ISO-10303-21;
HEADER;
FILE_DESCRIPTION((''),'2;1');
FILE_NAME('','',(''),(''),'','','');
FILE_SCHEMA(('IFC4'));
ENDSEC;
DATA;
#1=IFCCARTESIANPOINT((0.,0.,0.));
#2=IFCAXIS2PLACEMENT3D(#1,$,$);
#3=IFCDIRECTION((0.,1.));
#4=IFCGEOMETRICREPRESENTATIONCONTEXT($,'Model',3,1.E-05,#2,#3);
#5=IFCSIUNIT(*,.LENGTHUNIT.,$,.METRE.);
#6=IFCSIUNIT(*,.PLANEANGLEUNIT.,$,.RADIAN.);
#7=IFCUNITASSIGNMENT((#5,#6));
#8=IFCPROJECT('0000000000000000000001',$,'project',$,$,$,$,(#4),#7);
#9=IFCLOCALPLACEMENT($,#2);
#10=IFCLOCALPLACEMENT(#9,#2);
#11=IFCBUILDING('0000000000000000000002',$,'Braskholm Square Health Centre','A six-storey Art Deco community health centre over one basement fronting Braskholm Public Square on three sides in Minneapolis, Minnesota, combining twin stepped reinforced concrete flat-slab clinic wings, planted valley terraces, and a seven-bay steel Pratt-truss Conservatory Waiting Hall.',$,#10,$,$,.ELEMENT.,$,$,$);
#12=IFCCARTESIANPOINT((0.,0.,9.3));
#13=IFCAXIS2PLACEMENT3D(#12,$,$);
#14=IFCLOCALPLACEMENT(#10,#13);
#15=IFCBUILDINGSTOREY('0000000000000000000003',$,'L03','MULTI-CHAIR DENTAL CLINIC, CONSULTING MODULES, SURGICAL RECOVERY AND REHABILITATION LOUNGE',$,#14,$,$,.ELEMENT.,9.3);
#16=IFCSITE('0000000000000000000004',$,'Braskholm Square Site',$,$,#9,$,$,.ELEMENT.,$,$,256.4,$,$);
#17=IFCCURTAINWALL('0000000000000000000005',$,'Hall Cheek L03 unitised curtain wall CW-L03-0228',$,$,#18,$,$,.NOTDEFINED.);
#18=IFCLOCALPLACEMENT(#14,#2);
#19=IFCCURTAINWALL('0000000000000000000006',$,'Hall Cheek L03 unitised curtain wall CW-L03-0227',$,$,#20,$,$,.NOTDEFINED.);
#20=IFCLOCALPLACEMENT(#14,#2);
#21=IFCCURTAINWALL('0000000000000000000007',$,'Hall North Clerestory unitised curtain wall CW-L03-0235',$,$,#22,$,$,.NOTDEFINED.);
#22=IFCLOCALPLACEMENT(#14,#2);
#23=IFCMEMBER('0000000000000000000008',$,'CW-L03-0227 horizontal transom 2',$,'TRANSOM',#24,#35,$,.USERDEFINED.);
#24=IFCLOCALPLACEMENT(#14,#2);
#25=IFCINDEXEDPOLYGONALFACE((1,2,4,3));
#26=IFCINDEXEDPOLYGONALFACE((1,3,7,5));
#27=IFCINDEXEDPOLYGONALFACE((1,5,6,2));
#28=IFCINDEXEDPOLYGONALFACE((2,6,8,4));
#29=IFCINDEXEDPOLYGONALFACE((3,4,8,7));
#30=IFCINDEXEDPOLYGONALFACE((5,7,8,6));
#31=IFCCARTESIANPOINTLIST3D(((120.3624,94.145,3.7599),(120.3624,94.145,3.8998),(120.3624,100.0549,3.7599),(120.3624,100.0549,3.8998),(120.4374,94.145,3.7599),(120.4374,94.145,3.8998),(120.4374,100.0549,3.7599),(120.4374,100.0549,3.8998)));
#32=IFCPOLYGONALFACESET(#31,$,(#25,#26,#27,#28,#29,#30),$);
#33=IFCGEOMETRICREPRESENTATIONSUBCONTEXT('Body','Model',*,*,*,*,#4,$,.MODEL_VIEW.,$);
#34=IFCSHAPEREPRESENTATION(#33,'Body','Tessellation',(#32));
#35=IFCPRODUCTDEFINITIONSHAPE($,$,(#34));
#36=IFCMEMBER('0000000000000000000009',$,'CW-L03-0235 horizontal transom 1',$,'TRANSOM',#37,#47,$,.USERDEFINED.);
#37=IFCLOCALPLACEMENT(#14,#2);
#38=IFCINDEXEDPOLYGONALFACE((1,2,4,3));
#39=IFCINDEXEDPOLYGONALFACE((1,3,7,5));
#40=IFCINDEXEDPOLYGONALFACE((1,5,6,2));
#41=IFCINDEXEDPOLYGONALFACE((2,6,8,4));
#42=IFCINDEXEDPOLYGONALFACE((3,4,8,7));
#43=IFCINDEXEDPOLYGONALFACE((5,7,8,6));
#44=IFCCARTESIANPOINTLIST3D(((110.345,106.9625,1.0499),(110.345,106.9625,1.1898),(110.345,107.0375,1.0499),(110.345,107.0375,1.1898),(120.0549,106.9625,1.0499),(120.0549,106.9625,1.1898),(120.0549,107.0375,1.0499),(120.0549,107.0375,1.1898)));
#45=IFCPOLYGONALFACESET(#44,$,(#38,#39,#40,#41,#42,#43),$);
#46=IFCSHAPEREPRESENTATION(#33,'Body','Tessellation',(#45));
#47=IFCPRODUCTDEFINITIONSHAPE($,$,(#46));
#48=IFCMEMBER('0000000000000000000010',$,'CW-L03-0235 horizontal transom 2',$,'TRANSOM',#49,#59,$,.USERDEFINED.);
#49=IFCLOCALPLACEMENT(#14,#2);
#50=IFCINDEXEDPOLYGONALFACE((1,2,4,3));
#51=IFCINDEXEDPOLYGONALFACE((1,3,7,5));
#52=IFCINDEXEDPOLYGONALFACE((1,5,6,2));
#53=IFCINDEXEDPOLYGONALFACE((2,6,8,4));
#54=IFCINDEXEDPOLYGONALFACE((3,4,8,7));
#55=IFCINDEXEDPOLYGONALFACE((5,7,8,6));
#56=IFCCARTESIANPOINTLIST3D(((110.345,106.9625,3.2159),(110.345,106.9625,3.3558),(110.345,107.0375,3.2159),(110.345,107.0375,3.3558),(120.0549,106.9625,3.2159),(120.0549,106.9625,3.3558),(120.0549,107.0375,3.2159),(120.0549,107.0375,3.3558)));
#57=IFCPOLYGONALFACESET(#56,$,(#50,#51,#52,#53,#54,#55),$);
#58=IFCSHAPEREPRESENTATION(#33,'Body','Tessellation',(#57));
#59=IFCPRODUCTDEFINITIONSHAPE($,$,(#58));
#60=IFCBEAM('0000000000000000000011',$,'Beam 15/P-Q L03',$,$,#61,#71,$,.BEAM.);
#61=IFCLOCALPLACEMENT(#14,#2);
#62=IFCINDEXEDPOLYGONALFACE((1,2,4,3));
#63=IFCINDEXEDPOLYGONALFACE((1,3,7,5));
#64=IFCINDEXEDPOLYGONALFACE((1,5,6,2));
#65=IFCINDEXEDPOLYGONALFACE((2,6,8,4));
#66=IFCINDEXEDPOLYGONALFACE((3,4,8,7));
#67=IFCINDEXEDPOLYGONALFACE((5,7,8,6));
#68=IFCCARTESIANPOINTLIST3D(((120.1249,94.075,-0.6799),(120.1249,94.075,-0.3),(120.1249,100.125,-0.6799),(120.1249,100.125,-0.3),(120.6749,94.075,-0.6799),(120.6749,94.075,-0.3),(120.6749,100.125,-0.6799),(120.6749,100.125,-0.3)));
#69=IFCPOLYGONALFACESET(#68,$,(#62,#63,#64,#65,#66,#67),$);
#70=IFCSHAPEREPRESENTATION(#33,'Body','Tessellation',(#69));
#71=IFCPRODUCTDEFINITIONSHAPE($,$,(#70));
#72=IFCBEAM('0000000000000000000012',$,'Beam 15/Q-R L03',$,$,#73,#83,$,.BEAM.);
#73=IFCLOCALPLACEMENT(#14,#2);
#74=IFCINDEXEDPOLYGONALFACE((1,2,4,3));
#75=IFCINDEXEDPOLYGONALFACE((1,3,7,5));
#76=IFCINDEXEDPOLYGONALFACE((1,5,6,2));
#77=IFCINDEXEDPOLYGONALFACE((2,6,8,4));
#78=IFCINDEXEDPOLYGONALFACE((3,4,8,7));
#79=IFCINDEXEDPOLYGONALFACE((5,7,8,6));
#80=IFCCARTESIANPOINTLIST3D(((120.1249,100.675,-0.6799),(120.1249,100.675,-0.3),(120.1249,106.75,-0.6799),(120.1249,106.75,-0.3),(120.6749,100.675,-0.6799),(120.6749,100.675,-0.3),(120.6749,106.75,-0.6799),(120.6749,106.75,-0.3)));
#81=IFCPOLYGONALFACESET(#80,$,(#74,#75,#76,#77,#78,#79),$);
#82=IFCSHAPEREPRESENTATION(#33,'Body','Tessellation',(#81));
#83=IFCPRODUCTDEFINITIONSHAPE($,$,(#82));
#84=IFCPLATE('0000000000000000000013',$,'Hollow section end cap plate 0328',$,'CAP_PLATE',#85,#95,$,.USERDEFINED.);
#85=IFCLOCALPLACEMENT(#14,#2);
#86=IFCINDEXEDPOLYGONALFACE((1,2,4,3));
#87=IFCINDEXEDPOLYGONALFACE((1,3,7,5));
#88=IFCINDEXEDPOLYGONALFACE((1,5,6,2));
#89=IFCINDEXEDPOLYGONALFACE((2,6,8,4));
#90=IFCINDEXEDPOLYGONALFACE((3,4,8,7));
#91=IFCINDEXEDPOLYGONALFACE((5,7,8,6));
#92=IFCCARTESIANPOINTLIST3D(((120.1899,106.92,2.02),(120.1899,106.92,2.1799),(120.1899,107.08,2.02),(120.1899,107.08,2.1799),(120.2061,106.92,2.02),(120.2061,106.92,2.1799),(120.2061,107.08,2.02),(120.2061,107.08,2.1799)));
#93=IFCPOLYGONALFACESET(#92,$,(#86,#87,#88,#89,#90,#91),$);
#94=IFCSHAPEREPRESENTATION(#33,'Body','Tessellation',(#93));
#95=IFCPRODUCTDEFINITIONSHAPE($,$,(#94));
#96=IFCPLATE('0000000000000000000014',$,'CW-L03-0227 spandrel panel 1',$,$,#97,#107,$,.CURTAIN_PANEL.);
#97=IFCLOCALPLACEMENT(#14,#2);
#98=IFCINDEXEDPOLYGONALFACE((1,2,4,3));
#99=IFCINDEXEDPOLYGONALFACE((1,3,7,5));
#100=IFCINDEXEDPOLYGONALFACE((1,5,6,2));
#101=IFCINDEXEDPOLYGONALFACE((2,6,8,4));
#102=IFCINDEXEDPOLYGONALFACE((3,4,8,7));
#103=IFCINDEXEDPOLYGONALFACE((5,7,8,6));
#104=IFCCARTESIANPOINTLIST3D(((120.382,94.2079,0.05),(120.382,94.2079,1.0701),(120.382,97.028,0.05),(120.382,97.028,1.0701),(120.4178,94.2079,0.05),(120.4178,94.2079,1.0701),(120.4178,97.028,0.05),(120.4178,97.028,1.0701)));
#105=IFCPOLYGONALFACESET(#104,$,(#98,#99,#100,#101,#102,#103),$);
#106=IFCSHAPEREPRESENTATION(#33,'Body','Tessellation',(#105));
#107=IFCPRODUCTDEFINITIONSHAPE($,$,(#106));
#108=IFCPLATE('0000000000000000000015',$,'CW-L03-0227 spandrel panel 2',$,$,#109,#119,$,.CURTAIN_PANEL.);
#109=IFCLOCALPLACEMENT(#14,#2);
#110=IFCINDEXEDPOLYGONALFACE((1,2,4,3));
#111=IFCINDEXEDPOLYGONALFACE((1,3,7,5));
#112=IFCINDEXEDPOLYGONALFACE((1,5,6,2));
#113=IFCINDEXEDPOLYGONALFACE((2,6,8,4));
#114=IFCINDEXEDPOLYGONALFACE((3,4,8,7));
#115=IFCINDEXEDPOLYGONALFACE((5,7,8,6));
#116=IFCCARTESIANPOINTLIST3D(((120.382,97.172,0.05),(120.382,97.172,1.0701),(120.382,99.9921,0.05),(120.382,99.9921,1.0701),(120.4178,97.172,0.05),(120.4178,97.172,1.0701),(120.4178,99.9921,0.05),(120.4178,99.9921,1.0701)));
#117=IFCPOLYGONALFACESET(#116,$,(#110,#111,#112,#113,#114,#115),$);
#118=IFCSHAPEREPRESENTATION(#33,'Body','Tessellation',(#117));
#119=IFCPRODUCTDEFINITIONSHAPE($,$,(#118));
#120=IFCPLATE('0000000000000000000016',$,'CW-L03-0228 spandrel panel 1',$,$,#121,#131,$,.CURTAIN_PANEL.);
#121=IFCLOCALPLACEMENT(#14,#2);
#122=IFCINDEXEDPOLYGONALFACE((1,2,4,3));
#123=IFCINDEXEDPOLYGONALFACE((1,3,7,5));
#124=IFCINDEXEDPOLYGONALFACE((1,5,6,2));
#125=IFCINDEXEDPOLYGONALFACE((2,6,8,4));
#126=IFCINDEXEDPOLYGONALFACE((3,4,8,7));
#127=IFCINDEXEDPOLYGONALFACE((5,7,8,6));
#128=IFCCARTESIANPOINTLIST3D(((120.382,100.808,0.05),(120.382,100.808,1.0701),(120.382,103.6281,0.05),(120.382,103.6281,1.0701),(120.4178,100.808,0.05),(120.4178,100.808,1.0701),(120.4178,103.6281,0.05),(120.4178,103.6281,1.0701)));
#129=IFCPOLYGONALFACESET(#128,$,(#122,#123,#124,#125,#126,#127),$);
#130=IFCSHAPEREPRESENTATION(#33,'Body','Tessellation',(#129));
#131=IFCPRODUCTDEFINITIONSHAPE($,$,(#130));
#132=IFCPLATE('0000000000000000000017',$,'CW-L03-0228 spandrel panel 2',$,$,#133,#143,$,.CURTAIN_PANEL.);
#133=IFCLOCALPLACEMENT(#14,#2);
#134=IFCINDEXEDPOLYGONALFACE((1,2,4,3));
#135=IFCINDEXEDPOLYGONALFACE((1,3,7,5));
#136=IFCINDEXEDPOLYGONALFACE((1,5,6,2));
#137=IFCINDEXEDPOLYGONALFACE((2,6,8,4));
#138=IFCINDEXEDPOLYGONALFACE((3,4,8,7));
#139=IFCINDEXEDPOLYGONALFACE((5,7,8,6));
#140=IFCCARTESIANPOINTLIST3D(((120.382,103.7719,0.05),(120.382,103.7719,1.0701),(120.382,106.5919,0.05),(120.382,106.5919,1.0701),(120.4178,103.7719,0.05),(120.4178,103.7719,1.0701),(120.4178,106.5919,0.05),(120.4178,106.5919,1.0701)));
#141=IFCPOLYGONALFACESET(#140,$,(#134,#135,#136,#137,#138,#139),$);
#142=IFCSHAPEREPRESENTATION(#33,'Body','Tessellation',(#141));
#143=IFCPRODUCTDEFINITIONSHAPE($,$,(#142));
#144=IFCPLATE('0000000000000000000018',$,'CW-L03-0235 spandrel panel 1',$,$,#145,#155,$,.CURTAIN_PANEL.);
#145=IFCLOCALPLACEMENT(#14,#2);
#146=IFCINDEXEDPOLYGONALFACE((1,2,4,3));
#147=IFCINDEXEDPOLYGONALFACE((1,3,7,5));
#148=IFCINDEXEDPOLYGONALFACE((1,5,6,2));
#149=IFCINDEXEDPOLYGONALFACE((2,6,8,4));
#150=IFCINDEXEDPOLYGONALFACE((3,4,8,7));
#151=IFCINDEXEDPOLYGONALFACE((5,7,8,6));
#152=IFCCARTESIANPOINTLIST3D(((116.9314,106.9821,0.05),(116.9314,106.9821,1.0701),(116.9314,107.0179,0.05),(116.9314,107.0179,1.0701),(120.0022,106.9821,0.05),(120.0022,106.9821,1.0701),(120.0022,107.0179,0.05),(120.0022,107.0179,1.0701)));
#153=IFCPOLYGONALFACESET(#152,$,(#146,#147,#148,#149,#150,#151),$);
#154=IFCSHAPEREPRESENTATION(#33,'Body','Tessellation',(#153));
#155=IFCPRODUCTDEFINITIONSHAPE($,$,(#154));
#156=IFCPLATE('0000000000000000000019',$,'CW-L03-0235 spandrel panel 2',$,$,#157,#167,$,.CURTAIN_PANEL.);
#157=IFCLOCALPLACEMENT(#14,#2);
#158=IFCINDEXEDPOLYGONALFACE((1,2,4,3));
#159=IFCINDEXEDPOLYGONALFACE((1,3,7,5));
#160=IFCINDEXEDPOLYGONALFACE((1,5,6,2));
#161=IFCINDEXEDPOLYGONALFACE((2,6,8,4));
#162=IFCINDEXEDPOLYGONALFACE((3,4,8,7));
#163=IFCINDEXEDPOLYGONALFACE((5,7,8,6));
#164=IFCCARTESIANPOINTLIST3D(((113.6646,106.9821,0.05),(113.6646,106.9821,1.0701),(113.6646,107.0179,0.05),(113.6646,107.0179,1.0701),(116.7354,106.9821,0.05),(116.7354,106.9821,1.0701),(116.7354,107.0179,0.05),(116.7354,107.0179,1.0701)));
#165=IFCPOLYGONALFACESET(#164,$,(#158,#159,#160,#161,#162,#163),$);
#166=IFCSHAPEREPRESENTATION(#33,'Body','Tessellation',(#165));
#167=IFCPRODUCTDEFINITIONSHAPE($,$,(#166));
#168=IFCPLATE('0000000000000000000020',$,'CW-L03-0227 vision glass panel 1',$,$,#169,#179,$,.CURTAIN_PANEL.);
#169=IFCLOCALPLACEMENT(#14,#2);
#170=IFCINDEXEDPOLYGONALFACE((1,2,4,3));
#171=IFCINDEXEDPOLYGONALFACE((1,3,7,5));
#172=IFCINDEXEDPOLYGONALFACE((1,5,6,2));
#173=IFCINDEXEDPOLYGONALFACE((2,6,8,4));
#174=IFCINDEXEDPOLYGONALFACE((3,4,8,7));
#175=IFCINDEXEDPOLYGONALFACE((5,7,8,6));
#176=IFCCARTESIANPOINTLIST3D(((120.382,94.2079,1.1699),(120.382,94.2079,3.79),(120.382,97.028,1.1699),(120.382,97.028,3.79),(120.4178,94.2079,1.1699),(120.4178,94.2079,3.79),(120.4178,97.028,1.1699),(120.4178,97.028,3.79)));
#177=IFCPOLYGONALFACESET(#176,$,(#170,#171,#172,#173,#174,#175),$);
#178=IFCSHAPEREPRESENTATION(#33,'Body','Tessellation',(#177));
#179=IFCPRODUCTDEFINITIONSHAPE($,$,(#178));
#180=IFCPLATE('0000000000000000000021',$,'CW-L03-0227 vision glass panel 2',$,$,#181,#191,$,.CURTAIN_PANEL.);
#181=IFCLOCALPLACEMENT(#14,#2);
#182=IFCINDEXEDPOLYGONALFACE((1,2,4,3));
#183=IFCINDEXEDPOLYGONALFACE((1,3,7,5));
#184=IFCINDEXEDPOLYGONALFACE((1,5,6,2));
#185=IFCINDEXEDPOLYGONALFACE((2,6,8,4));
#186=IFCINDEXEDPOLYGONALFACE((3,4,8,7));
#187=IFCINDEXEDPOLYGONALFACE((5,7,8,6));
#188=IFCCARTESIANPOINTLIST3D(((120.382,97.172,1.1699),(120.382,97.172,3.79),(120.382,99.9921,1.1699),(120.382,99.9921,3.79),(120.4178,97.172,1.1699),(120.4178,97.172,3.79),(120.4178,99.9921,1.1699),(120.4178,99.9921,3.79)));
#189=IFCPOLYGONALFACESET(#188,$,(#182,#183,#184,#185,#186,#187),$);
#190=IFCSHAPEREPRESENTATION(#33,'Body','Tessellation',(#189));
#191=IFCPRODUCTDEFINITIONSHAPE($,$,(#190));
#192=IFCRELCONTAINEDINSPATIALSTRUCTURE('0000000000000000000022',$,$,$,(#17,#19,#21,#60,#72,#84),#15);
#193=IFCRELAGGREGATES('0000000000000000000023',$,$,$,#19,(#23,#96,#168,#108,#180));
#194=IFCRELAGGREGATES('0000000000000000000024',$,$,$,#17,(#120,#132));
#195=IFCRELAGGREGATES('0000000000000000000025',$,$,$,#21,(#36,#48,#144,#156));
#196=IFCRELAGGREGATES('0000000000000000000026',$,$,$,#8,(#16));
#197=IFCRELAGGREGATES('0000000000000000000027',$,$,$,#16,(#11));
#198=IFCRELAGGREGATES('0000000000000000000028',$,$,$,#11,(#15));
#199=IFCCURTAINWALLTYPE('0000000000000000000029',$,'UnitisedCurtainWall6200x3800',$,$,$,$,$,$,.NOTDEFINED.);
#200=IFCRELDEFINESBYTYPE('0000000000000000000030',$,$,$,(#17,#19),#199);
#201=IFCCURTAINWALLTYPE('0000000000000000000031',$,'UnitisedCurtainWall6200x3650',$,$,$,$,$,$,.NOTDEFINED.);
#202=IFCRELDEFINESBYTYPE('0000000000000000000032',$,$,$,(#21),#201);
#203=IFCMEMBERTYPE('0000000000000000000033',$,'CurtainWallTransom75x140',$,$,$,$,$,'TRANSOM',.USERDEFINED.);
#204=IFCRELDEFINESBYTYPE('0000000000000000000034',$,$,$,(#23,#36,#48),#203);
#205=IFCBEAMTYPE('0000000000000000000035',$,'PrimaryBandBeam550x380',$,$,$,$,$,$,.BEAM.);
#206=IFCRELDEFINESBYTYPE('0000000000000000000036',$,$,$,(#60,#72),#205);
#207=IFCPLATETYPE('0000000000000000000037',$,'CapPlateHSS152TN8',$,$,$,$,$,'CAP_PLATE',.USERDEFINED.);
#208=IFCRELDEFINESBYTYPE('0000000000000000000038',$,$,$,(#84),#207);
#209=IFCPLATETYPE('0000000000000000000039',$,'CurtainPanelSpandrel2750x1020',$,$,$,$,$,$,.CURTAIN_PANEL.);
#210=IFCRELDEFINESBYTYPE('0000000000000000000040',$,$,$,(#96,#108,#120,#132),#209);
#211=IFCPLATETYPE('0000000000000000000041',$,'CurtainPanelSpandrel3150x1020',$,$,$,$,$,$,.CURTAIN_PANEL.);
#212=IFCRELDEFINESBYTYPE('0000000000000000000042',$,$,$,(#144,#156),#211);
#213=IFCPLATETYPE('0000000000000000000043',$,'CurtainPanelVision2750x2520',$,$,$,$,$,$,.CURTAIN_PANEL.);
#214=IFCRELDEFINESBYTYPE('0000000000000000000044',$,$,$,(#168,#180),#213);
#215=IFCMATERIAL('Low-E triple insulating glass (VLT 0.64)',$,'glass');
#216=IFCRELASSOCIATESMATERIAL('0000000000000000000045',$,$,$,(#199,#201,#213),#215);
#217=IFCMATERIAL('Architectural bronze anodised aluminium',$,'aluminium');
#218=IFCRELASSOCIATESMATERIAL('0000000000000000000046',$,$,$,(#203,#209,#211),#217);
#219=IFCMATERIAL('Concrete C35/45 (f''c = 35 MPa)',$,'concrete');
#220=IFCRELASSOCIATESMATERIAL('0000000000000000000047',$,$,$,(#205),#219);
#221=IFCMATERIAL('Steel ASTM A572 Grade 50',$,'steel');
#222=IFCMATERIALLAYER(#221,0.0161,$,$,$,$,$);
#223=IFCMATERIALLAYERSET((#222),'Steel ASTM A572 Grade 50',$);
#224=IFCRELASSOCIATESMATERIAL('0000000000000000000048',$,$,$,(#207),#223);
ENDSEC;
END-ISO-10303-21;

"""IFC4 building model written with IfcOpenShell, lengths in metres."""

from ifc_helpers import new_model, si_unit, direction, frame, origin, origin_2d, place, context, subcontext, project, spatial, rectangle, extrude, material, layer, layer_set, material_profile, profile_set, type_object, element, aggregate, save


model = new_model("IFC4")

# Units and contexts
model_context = context("Model", 3, precision=1e-05, world=origin(), true_north=direction((0.0, 1.0)))
body_context = subcontext(model_context, "Body", "Model", "MODEL_VIEW")
ifc_project = project(units=[si_unit("LENGTHUNIT", "METRE"), si_unit("PLANEANGLEUNIT", "RADIAN")], contexts=[model_context])

# Site, building, storey
site_placement = place(None, origin())
site = spatial("IfcSite", under=ifc_project, at=site_placement, Name="Braskholm Square Site", CompositionType="ELEMENT", RefElevation=256.4)
building_placement = place(site_placement, origin())
building = spatial("IfcBuilding", under=site, at=building_placement, Name="Braskholm Square Health Centre", Description="A six-storey Art Deco community health centre over one basement fronting Braskholm Public Square on three sides in Minneapolis, Minnesota, combining twin stepped reinforced concrete flat-slab clinic wings, planted valley terraces, and a seven-bay steel Pratt-truss Conservatory Waiting Hall.", CompositionType="ELEMENT")
storey_placement = place(building_placement, frame((0.0, 0.0, 9.3)))
storey = spatial("IfcBuildingStorey", under=building, at=storey_placement, Name="L03", Description="MULTI-CHAIR DENTAL CLINIC, CONSULTING MODULES, SURGICAL RECOVERY AND REHABILITATION LOUNGE", CompositionType="ELEMENT", Elevation=9.3)

# Curtain walls
ifc_material_1 = material(Name="Low-E triple insulating glass (VLT 0.64)", Category="glass")
curtain_wall_type_1 = type_object("IfcCurtainWallType", Name="UnitisedCurtainWall6200x3800", PredefinedType="NOTDEFINED", material=ifc_material_1)
curtain_wall_1_placement = place(storey_placement, origin())
curtain_wall_1 = element("IfcCurtainWall", 1, at=curtain_wall_1_placement, inside=storey, type_object=curtain_wall_type_1, Name="Hall Cheek L03 unitised curtain wall CW-L03-0228", PredefinedType="NOTDEFINED")
ifc_material_2 = material(Name="Architectural bronze anodised aluminium", Category="aluminium")
curtain_wall_2_placement = place(storey_placement, origin())
curtain_wall_2 = element("IfcCurtainWall", 2, at=curtain_wall_2_placement, inside=storey, type_object=curtain_wall_type_1, Name="Hall Cheek L03 unitised curtain wall CW-L03-0227", PredefinedType="NOTDEFINED")
curtain_wall_type_2 = type_object("IfcCurtainWallType", Name="UnitisedCurtainWall6200x3650", PredefinedType="NOTDEFINED", material=ifc_material_1)
curtain_wall_3_placement = place(storey_placement, origin())
curtain_wall_3 = element("IfcCurtainWall", 3, at=curtain_wall_3_placement, inside=storey, type_object=curtain_wall_type_2, Name="Hall North Clerestory unitised curtain wall CW-L03-0235", PredefinedType="NOTDEFINED")

# Members
ifc_material_profile_1 = material_profile(ifc_material_2, rectangle(XDim=0.075, YDim=0.1399, at=origin_2d()), Name="ALU-75X140")
ifc_profile_set_1 = profile_set([ifc_material_profile_1], Name="Architectural bronze anodised aluminium")
member_type_1 = type_object("IfcMemberType", Name="CurtainWallTransom75x140", ElementType="TRANSOM", PredefinedType="USERDEFINED", material=ifc_profile_set_1)
member_1_placement = place(storey_placement, frame((120.3999, 94.145, 3.8298), z_axis=(0.0, 1.0, 0.0), x_axis=(-1.0, 0.0, 0.0)))
member_1 = element("IfcMember", 4, at=member_1_placement, type_object=member_type_1, Name="CW-L03-0227 horizontal transom 2", ObjectType="TRANSOM", PredefinedType="USERDEFINED", context=body_context, shape_type="SweptSolid", body=[
    extrude(rectangle(XDim=0.075, YDim=0.1399, at=origin_2d()), origin(), (0.0, 0.0, 1.0), 5.9099),
])
member_2_placement = place(storey_placement, frame((120.0549, 107.0, 1.1199), z_axis=(-1.0, 0.0, 0.0), x_axis=(0.0, -1.0, 0.0)))
member_2 = element("IfcMember", 5, at=member_2_placement, type_object=member_type_1, Name="CW-L03-0235 horizontal transom 1", ObjectType="TRANSOM", PredefinedType="USERDEFINED", context=body_context, shape_type="SweptSolid", body=[
    extrude(rectangle(XDim=0.075, YDim=0.1399, at=origin_2d()), origin(), (0.0, 0.0, 1.0), 9.71),
])
member_3_placement = place(storey_placement, frame((120.0549, 107.0, 3.2859), z_axis=(-1.0, 0.0, 0.0), x_axis=(0.0, -1.0, 0.0)))
member_3 = element("IfcMember", 6, at=member_3_placement, type_object=member_type_1, Name="CW-L03-0235 horizontal transom 2", ObjectType="TRANSOM", PredefinedType="USERDEFINED", context=body_context, shape_type="SweptSolid", body=[
    extrude(rectangle(XDim=0.075, YDim=0.1399, at=origin_2d()), origin(), (0.0, 0.0, 1.0), 9.71),
])

# Beams
ifc_material_3 = material(Name="Concrete C35/45 (f'c = 35 MPa)", Category="concrete")
ifc_material_profile_2 = material_profile(ifc_material_3, rectangle(XDim=0.55, YDim=0.3799, at=origin_2d()), Name="RCB-550X380")
ifc_profile_set_2 = profile_set([ifc_material_profile_2], Name="Concrete C35/45 (f'c = 35 MPa)")
beam_type = type_object("IfcBeamType", Name="PrimaryBandBeam550x380", PredefinedType="BEAM", material=ifc_profile_set_2)
beam_1_placement = place(storey_placement, frame((120.3999, 94.075, -0.49), z_axis=(0.0, 1.0, 0.0), x_axis=(-1.0, 0.0, 0.0)))
element("IfcBeam", 7, at=beam_1_placement, inside=storey, type_object=beam_type, Name="Beam 15/P-Q L03", PredefinedType="BEAM", context=body_context, shape_type="SweptSolid", body=[
    extrude(rectangle(XDim=0.55, YDim=0.3799, at=origin_2d()), origin(), (0.0, 0.0, 1.0), 6.05),
])
beam_2_placement = place(storey_placement, frame((120.3999, 100.675, -0.49), z_axis=(0.0, 1.0, 0.0), x_axis=(-1.0, 0.0, 0.0)))
element("IfcBeam", 8, at=beam_2_placement, inside=storey, type_object=beam_type, Name="Beam 15/Q-R L03", PredefinedType="BEAM", context=body_context, shape_type="SweptSolid", body=[
    extrude(rectangle(XDim=0.55, YDim=0.3799, at=origin_2d()), origin(), (0.0, 0.0, 1.0), 6.075),
])

# Plates
ifc_material_4 = material(Name="Steel ASTM A572 Grade 50", Category="steel")
ifc_layer = layer(ifc_material_4, 0.0161)
ifc_layer_set = layer_set([ifc_layer], Name="Steel ASTM A572 Grade 50")
plate_type_1 = type_object("IfcPlateType", Name="CapPlateHSS152TN8", ElementType="CAP_PLATE", PredefinedType="USERDEFINED", material=ifc_layer_set)
plate_1_placement = place(storey_placement, frame((120.198, 107.0, 2.02), z_axis=(0.0, 0.0, 1.0), x_axis=(1.0, 0.0, 0.0)))
element("IfcPlate", 9, at=plate_1_placement, inside=storey, type_object=plate_type_1, Name="Hollow section end cap plate 0328", ObjectType="CAP_PLATE", PredefinedType="USERDEFINED", context=body_context, shape_type="SweptSolid", body=[
    extrude(rectangle(XDim=0.0161, YDim=0.1599, at=origin_2d()), origin(), (0.0, 0.0, 1.0), 0.1599),
])
plate_type_2 = type_object("IfcPlateType", Name="CurtainPanelSpandrel2750x1020", PredefinedType="CURTAIN_PANEL", material=ifc_material_2)
plate_2_placement = place(storey_placement, frame((120.3999, 95.6179, 0.05), z_axis=(0.0, 0.0, 1.0), x_axis=(0.0, 1.0, 0.0)))
plate_2 = element("IfcPlate", 10, at=plate_2_placement, type_object=plate_type_2, Name="CW-L03-0227 spandrel panel 1", PredefinedType="CURTAIN_PANEL", context=body_context, shape_type="SweptSolid", body=[
    extrude(rectangle(XDim=2.8201, YDim=0.0359, at=origin_2d()), origin(), (0.0, 0.0, 1.0), 1.02),
])
plate_3_placement = place(storey_placement, frame((120.3999, 98.582, 0.05), z_axis=(0.0, 0.0, 1.0), x_axis=(0.0, 1.0, 0.0)))
plate_3 = element("IfcPlate", 11, at=plate_3_placement, type_object=plate_type_2, Name="CW-L03-0227 spandrel panel 2", PredefinedType="CURTAIN_PANEL", context=body_context, shape_type="SweptSolid", body=[
    extrude(rectangle(XDim=2.8201, YDim=0.0359, at=origin_2d()), origin(), (0.0, 0.0, 1.0), 1.02),
])
plate_4_placement = place(storey_placement, frame((120.3999, 102.218, 0.05), z_axis=(0.0, 0.0, 1.0), x_axis=(0.0, 1.0, 0.0)))
plate_4 = element("IfcPlate", 12, at=plate_4_placement, type_object=plate_type_2, Name="CW-L03-0228 spandrel panel 1", PredefinedType="CURTAIN_PANEL", context=body_context, shape_type="SweptSolid", body=[
    extrude(rectangle(XDim=2.8201, YDim=0.0359, at=origin_2d()), origin(), (0.0, 0.0, 1.0), 1.02),
])
plate_5_placement = place(storey_placement, frame((120.3999, 105.1819, 0.05), z_axis=(0.0, 0.0, 1.0), x_axis=(0.0, 1.0, 0.0)))
plate_5 = element("IfcPlate", 13, at=plate_5_placement, type_object=plate_type_2, Name="CW-L03-0228 spandrel panel 2", PredefinedType="CURTAIN_PANEL", context=body_context, shape_type="SweptSolid", body=[
    extrude(rectangle(XDim=2.8201, YDim=0.0359, at=origin_2d()), origin(), (0.0, 0.0, 1.0), 1.02),
])
plate_type_3 = type_object("IfcPlateType", Name="CurtainPanelSpandrel3150x1020", PredefinedType="CURTAIN_PANEL", material=ifc_material_2)
plate_6_placement = place(storey_placement, frame((118.4668, 107.0, 0.05), z_axis=(0.0, 0.0, 1.0), x_axis=(-1.0, 0.0, 0.0)))
plate_6 = element("IfcPlate", 14, at=plate_6_placement, type_object=plate_type_3, Name="CW-L03-0235 spandrel panel 1", PredefinedType="CURTAIN_PANEL", context=body_context, shape_type="SweptSolid", body=[
    extrude(rectangle(XDim=3.0708, YDim=0.0359, at=origin_2d()), origin(), (0.0, 0.0, 1.0), 1.02),
])
plate_7_placement = place(storey_placement, frame((115.2, 107.0, 0.05), z_axis=(0.0, 0.0, 1.0), x_axis=(-1.0, 0.0, 0.0)))
plate_7 = element("IfcPlate", 15, at=plate_7_placement, type_object=plate_type_3, Name="CW-L03-0235 spandrel panel 2", PredefinedType="CURTAIN_PANEL", context=body_context, shape_type="SweptSolid", body=[
    extrude(rectangle(XDim=3.0708, YDim=0.0359, at=origin_2d()), origin(), (0.0, 0.0, 1.0), 1.02),
])
plate_type_4 = type_object("IfcPlateType", Name="CurtainPanelVision2750x2520", PredefinedType="CURTAIN_PANEL", material=ifc_material_1)
plate_8_placement = place(storey_placement, frame((120.3999, 95.6179, 1.1699), z_axis=(0.0, 0.0, 1.0), x_axis=(0.0, 1.0, 0.0)))
plate_8 = element("IfcPlate", 16, at=plate_8_placement, type_object=plate_type_4, Name="CW-L03-0227 vision glass panel 1", PredefinedType="CURTAIN_PANEL", context=body_context, shape_type="SweptSolid", body=[
    extrude(rectangle(XDim=2.8201, YDim=0.0359, at=origin_2d()), origin(), (0.0, 0.0, 1.0), 2.6201),
])
plate_9_placement = place(storey_placement, frame((120.3999, 98.582, 1.1699), z_axis=(0.0, 0.0, 1.0), x_axis=(0.0, 1.0, 0.0)))
plate_9 = element("IfcPlate", 17, at=plate_9_placement, type_object=plate_type_4, Name="CW-L03-0227 vision glass panel 2", PredefinedType="CURTAIN_PANEL", context=body_context, shape_type="SweptSolid", body=[
    extrude(rectangle(XDim=2.8201, YDim=0.0359, at=origin_2d()), origin(), (0.0, 0.0, 1.0), 2.6201),
])
aggregate(curtain_wall_2, [member_1, plate_2, plate_8, plate_3, plate_9])
aggregate(curtain_wall_1, [plate_4, plate_5])
aggregate(curtain_wall_3, [member_2, member_3, plate_6, plate_7])

save(model, "model.ifc")
